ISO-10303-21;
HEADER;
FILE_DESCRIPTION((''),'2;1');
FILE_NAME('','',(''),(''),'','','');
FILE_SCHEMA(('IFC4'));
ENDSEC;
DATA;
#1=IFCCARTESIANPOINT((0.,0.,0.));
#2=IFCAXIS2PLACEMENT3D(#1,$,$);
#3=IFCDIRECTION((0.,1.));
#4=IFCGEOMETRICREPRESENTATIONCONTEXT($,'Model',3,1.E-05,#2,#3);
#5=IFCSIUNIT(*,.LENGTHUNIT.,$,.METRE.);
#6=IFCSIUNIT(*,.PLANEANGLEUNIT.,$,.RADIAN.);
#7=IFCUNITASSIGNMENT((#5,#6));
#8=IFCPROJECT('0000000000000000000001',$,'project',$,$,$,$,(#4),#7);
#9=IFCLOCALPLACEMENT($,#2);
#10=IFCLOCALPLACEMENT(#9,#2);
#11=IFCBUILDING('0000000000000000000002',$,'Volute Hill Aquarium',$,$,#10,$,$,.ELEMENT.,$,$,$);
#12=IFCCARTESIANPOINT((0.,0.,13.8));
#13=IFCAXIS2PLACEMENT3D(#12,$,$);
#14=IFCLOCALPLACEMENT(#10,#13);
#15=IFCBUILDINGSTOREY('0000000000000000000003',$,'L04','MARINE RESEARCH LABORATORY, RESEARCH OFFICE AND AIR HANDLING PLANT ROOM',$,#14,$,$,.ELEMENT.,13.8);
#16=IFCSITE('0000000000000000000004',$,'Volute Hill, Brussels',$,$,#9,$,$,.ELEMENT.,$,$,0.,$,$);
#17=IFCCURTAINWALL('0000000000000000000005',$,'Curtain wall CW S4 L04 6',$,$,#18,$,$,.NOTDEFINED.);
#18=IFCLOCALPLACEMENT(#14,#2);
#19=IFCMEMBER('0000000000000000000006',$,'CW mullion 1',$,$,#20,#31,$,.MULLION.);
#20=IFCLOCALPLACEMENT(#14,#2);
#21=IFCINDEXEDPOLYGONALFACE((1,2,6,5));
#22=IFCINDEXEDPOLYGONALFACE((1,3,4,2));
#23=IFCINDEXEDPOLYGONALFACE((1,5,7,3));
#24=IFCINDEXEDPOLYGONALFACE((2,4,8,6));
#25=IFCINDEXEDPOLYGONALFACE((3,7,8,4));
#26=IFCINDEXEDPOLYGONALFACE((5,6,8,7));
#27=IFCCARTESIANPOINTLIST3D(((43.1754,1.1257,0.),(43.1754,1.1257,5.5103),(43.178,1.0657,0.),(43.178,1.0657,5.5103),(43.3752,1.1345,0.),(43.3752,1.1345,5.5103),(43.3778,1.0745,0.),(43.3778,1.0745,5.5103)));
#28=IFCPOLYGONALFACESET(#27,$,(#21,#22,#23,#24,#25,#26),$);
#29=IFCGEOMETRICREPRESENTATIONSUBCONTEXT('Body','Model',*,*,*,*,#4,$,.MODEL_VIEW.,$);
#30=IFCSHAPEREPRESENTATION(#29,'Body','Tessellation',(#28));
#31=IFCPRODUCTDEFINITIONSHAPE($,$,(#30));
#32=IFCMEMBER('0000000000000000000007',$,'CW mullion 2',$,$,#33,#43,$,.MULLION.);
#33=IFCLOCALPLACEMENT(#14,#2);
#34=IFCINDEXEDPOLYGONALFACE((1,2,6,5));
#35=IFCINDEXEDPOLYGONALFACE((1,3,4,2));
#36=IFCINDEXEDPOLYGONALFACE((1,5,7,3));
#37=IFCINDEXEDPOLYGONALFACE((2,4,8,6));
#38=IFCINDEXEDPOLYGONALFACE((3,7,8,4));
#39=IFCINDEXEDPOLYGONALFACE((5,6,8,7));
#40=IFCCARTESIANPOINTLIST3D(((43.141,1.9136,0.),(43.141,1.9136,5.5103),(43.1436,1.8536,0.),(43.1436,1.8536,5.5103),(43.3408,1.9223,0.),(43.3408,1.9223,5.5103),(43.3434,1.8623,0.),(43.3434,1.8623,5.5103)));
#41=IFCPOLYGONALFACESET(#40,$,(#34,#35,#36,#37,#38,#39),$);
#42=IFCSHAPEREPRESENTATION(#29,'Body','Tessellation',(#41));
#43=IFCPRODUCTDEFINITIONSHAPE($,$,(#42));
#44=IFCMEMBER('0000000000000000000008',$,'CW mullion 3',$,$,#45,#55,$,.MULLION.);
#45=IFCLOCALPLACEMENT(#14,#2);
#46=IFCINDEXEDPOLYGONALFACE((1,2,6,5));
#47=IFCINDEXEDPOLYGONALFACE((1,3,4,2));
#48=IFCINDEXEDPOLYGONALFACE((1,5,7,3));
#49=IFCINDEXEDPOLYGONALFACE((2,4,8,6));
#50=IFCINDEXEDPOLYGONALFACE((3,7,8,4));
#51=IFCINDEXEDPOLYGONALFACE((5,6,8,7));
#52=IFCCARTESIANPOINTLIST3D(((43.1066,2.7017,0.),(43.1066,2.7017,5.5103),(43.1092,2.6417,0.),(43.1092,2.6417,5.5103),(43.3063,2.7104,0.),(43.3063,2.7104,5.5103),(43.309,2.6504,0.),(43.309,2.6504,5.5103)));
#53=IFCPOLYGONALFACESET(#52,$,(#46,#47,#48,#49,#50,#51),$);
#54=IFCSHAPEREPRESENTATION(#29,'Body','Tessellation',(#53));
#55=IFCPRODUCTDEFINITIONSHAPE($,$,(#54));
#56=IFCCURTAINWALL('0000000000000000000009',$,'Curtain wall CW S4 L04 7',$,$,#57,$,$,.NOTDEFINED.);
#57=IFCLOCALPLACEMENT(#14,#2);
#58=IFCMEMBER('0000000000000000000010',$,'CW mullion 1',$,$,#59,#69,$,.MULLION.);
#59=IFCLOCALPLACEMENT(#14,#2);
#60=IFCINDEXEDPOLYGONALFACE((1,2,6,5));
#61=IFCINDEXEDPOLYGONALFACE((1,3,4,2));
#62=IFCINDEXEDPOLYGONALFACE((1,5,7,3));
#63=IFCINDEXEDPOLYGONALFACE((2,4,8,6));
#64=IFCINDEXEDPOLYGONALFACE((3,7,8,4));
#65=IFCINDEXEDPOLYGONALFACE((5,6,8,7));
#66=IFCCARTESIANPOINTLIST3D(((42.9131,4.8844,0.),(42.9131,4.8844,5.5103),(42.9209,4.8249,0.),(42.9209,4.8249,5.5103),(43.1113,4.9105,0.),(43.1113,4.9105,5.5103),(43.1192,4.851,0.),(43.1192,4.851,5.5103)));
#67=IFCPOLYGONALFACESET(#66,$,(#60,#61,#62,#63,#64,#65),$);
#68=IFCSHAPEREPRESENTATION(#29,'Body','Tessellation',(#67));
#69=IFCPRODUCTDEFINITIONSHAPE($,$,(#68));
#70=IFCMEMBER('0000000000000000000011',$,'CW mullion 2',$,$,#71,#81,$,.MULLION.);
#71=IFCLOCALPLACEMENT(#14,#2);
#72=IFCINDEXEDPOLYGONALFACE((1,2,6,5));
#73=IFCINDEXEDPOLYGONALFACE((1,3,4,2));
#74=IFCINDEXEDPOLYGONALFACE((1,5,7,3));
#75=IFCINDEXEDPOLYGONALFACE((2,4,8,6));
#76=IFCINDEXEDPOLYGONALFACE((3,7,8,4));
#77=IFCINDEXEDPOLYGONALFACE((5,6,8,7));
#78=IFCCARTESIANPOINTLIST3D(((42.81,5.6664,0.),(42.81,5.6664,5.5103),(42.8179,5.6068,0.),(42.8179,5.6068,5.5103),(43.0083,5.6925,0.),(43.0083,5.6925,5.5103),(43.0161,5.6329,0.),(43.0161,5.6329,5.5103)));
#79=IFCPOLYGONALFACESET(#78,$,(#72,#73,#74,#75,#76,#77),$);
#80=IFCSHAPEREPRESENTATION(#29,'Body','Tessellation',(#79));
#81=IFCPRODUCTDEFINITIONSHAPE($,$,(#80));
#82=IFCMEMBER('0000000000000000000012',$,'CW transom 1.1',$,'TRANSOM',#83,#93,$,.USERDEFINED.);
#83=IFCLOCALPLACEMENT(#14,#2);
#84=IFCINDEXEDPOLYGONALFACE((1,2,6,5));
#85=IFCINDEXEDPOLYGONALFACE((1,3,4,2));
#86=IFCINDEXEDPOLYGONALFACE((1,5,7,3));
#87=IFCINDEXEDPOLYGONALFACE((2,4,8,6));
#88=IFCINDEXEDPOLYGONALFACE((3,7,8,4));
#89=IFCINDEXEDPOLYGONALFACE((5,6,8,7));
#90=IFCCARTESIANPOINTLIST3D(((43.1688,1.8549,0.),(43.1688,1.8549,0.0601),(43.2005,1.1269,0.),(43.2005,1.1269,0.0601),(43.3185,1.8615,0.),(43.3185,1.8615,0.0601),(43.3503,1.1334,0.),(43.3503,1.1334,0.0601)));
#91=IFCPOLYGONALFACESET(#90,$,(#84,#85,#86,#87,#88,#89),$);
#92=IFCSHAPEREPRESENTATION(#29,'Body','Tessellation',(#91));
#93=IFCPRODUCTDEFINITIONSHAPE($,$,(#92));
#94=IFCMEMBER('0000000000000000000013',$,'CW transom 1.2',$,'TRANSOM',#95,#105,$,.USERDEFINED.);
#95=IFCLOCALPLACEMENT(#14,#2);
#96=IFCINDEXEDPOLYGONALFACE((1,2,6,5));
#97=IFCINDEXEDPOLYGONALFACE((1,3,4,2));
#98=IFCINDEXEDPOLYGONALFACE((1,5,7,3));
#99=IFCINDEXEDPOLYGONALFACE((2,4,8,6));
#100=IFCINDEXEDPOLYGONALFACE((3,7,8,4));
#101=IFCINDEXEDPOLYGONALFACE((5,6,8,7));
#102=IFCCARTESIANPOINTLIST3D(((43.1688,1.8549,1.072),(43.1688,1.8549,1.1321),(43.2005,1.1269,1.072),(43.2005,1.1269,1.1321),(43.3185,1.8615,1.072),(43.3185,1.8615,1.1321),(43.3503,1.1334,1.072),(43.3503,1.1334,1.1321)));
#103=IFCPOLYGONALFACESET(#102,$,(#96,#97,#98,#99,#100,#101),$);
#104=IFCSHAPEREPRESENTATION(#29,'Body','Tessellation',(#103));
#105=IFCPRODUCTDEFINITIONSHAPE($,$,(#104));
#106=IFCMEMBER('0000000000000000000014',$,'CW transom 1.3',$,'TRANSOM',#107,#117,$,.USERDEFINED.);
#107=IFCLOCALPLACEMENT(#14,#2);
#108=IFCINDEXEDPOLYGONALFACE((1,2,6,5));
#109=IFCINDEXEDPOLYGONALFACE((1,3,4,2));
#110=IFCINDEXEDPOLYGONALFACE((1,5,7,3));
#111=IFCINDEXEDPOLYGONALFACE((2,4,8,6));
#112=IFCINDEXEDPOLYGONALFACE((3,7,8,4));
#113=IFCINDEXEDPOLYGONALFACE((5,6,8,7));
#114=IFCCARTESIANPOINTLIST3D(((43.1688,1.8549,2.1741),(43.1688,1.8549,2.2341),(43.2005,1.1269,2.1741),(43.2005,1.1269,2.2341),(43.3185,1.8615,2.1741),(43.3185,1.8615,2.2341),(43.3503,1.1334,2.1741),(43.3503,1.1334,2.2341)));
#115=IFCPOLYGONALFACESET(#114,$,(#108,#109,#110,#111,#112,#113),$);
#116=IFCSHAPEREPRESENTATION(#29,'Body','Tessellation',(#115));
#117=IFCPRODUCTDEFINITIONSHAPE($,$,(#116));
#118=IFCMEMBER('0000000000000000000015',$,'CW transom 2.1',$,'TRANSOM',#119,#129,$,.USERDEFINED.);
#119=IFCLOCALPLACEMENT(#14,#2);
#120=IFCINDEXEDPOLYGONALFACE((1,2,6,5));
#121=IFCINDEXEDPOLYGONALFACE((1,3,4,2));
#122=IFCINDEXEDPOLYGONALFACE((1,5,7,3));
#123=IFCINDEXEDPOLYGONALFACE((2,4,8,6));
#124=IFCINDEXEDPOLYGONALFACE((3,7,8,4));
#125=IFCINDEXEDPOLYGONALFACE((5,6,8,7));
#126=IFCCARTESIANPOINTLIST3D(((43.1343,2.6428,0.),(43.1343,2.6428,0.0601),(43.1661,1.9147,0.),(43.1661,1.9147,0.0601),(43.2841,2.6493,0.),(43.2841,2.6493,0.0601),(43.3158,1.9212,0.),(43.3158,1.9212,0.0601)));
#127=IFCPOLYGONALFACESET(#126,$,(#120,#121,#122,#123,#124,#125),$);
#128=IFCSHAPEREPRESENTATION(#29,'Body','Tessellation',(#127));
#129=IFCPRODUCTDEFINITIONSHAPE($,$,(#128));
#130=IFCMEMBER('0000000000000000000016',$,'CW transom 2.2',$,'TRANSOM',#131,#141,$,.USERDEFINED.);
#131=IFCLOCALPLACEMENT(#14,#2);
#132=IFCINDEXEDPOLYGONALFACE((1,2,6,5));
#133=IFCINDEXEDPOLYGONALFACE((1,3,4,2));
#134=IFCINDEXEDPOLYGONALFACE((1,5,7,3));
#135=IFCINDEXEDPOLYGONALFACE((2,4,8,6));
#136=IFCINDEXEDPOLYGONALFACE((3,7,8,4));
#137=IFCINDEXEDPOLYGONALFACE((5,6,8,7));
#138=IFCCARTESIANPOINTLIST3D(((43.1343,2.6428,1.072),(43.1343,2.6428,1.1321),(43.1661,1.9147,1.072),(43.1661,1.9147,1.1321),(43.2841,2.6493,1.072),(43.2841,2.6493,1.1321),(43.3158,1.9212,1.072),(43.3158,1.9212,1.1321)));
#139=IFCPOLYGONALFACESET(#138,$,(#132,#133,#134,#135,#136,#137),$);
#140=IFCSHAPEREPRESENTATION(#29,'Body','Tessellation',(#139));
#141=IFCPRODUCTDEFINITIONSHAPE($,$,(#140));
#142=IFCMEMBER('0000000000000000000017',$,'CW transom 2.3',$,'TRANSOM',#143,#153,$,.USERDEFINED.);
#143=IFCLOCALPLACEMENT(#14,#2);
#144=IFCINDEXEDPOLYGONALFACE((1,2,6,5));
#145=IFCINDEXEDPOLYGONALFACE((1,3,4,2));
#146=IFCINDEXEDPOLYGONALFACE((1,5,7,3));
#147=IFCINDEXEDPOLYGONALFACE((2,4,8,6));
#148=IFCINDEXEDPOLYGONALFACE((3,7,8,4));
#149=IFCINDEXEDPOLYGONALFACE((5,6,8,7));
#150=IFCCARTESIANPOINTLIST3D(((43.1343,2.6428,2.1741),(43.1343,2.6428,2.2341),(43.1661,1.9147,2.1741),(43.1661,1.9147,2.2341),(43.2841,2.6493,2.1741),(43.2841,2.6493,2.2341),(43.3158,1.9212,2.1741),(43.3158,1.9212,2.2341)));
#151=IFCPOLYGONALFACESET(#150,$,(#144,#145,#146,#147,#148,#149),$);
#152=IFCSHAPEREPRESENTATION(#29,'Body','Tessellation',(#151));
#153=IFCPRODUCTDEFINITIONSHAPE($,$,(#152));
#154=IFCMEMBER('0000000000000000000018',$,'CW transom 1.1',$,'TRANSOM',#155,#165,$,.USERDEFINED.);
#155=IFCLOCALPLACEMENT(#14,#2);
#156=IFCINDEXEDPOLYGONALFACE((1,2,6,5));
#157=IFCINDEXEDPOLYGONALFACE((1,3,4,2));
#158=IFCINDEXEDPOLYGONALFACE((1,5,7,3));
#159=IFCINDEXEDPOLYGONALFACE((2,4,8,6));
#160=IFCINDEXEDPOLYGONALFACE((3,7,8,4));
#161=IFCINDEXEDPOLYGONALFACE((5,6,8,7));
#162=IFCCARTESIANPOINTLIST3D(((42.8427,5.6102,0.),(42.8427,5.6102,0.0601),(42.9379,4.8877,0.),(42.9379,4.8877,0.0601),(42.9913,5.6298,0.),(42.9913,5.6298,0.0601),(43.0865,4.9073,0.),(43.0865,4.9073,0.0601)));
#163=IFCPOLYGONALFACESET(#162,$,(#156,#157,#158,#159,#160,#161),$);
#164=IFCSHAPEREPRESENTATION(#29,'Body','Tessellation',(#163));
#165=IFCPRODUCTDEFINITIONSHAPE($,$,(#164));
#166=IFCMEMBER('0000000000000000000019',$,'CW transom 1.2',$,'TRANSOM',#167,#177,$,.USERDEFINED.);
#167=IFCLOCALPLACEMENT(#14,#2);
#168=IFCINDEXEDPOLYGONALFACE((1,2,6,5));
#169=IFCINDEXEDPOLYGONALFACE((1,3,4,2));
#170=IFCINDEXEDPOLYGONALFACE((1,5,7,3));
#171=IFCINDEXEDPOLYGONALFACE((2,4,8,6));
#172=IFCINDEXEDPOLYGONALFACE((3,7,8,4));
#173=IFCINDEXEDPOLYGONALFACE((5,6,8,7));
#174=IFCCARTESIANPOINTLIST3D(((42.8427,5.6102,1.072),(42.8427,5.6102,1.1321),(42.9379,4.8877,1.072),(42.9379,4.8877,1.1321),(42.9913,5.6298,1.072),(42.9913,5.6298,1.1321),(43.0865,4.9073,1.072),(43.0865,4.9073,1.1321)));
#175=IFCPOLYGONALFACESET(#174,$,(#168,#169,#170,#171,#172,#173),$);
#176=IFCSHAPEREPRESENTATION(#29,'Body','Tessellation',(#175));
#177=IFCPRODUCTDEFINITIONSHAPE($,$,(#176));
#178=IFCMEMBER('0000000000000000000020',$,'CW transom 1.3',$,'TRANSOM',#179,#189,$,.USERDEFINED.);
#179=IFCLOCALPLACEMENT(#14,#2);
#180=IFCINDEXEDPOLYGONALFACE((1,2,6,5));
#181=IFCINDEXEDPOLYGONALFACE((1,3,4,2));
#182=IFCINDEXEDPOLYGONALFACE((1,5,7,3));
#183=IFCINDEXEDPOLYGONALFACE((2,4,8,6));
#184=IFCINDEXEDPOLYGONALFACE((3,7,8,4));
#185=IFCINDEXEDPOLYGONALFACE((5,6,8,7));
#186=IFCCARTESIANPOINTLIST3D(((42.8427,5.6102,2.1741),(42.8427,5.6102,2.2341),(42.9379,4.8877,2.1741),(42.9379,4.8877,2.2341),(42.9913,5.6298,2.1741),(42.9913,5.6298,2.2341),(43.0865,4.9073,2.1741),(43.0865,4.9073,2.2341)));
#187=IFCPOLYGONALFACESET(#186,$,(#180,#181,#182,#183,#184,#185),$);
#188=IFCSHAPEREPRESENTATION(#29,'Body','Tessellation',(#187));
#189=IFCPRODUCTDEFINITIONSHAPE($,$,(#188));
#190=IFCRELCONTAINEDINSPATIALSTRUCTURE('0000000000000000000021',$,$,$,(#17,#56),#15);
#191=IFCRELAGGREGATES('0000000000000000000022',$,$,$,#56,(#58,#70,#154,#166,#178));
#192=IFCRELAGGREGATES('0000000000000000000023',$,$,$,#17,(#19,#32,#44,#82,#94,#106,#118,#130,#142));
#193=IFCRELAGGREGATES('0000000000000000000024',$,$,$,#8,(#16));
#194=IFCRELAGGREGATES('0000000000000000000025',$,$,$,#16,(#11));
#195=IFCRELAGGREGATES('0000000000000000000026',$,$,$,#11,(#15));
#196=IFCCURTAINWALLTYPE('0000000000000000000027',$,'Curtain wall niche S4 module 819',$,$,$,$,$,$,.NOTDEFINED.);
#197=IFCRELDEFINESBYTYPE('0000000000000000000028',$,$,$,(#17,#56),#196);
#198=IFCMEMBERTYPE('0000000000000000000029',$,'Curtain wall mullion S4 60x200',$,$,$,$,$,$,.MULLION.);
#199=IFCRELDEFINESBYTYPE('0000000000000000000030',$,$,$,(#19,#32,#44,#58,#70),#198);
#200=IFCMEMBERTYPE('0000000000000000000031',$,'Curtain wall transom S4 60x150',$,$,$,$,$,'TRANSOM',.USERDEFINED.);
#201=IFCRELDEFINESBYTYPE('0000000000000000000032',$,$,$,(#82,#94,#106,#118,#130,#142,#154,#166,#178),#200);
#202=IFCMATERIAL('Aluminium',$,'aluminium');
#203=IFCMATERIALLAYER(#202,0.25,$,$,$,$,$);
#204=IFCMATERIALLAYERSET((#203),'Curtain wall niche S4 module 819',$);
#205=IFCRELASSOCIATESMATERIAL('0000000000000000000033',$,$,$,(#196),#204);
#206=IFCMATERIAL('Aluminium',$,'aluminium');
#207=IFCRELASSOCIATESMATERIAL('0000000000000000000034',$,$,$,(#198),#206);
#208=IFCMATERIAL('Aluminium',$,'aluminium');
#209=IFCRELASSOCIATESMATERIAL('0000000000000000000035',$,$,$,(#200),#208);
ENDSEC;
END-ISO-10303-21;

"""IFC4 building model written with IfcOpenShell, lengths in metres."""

from ifc_helpers import new_model, si_unit, direction, frame, origin, origin_2d, place, context, subcontext, project, spatial, rectangle, extrude, material, layer, layer_set, material_profile, profile_set, type_object, element, aggregate, save


model = new_model("IFC4")

# Units and contexts
model_context = context("Model", 3, precision=1e-05, world=origin(), true_north=direction((0.0, 1.0)))
body_context = subcontext(model_context, "Body", "Model", "MODEL_VIEW")
ifc_project = project(units=[si_unit("LENGTHUNIT", "METRE"), si_unit("PLANEANGLEUNIT", "RADIAN")], contexts=[model_context])

# Site, building, storey
site_placement = place(None, origin())
site = spatial("IfcSite", under=ifc_project, at=site_placement, Name="Volute Hill, Brussels", CompositionType="ELEMENT", RefElevation=0.0)
building_placement = place(site_placement, origin())
building = spatial("IfcBuilding", under=site, at=building_placement, Name="Volute Hill Aquarium", CompositionType="ELEMENT")
storey_placement = place(building_placement, frame((0.0, 0.0, 13.8)))
storey = spatial("IfcBuildingStorey", under=building, at=storey_placement, Name="L04", Description="MARINE RESEARCH LABORATORY, RESEARCH OFFICE AND AIR HANDLING PLANT ROOM", CompositionType="ELEMENT", Elevation=13.8)

# Curtain walls, members
ifc_material_1 = material(Name="Aluminium", Category="aluminium")
ifc_layer_1 = layer(ifc_material_1, 0.25)
ifc_layer_set_1 = layer_set([ifc_layer_1], Name="Curtain wall niche S4 module 819")
curtain_wall_type = type_object("IfcCurtainWallType", Name="Curtain wall niche S4 module 819", PredefinedType="NOTDEFINED", material=ifc_layer_set_1)
curtain_wall_1_placement = place(storey_placement, origin())
curtain_wall_1 = element("IfcCurtainWall", 1, at=curtain_wall_1_placement, inside=storey, type_object=curtain_wall_type, Name="Curtain wall CW S4 L04 6", PredefinedType="NOTDEFINED")
ifc_material_2 = material(Name="Aluminium", Category="aluminium")
ifc_material_profile_1 = material_profile(ifc_material_2, rectangle(XDim=0.2, YDim=0.0601, at=origin_2d()), Name="Curtain wall mullion S4 60x200")
ifc_profile_set_1 = profile_set([ifc_material_profile_1], Name="Aluminium")
member_type_1 = type_object("IfcMemberType", Name="Curtain wall mullion S4 60x200", PredefinedType="MULLION", material=ifc_profile_set_1)
member_1_placement = place(storey_placement, frame((43.2766, 1.1001, 0.0), z_axis=(0.0, 0.0, 1.0), x_axis=(-0.999048, -0.043623, 0.0)))
member_1 = element("IfcMember", 2, at=member_1_placement, type_object=member_type_1, Name="CW mullion 1", PredefinedType="MULLION", context=body_context, shape_type="SweptSolid", body=[
    extrude(rectangle(XDim=0.2, YDim=0.0601, at=origin_2d()), origin(), (0.0, 0.0, 1.0), 5.5103),
])
member_2_placement = place(storey_placement, frame((43.2422, 1.8879, 0.0), z_axis=(0.0, 0.0, 1.0), x_axis=(-0.999048, -0.043623, 0.0)))
member_2 = element("IfcMember", 3, at=member_2_placement, type_object=member_type_1, Name="CW mullion 2", PredefinedType="MULLION", context=body_context, shape_type="SweptSolid", body=[
    extrude(rectangle(XDim=0.2, YDim=0.0601, at=origin_2d()), origin(), (0.0, 0.0, 1.0), 5.5103),
])
member_3_placement = place(storey_placement, frame((43.2078, 2.676, 0.0), z_axis=(0.0, 0.0, 1.0), x_axis=(-0.999048, -0.043623, 0.0)))
member_3 = element("IfcMember", 4, at=member_3_placement, type_object=member_type_1, Name="CW mullion 3", PredefinedType="MULLION", context=body_context, shape_type="SweptSolid", body=[
    extrude(rectangle(XDim=0.2, YDim=0.0601, at=origin_2d()), origin(), (0.0, 0.0, 1.0), 5.5103),
])
curtain_wall_2_placement = place(storey_placement, origin())
curtain_wall_2 = element("IfcCurtainWall", 5, at=curtain_wall_2_placement, inside=storey, type_object=curtain_wall_type, Name="Curtain wall CW S4 L04 7", PredefinedType="NOTDEFINED")
member_4_placement = place(storey_placement, frame((43.0161, 4.8677, 0.0), z_axis=(0.0, 0.0, 1.0), x_axis=(-0.991446, -0.130516, 0.0)))
member_4 = element("IfcMember", 6, at=member_4_placement, type_object=member_type_1, Name="CW mullion 1", PredefinedType="MULLION", context=body_context, shape_type="SweptSolid", body=[
    extrude(rectangle(XDim=0.2, YDim=0.0601, at=origin_2d()), origin(), (0.0, 0.0, 1.0), 5.5103),
])
member_5_placement = place(storey_placement, frame((42.9131, 5.6497, 0.0), z_axis=(0.0, 0.0, 1.0), x_axis=(-0.991446, -0.130516, 0.0)))
member_5 = element("IfcMember", 7, at=member_5_placement, type_object=member_type_1, Name="CW mullion 2", PredefinedType="MULLION", context=body_context, shape_type="SweptSolid", body=[
    extrude(rectangle(XDim=0.2, YDim=0.0601, at=origin_2d()), origin(), (0.0, 0.0, 1.0), 5.5103),
])

# Members
ifc_material_3 = material(Name="Aluminium", Category="aluminium")
ifc_material_profile_2 = material_profile(ifc_material_3, rectangle(XDim=0.1499, YDim=0.0601, at=origin_2d()), Name="Curtain wall transom S4 60x150")
ifc_profile_set_2 = profile_set([ifc_material_profile_2], Name="Aluminium")
member_type_2 = type_object("IfcMemberType", Name="Curtain wall transom S4 60x150", ElementType="TRANSOM", PredefinedType="USERDEFINED", material=ifc_profile_set_2)
member_6_placement = place(storey_placement, frame((43.2754, 1.1301, 0.03), z_axis=(-0.043554, 0.999051, 0.0), x_axis=(-0.999051, -0.043554, 0.0)))
member_6 = element("IfcMember", 8, at=member_6_placement, type_object=member_type_2, Name="CW transom 1.1", ObjectType="TRANSOM", PredefinedType="USERDEFINED", context=body_context, shape_type="SweptSolid", body=[
    extrude(rectangle(XDim=0.1499, YDim=0.0601, at=origin_2d()), origin(), (0.0, 0.0, 1.0), 0.7288),
])
member_7_placement = place(storey_placement, frame((43.2754, 1.1301, 1.1021), z_axis=(-0.043554, 0.999051, 0.0), x_axis=(-0.999051, -0.043554, 0.0)))
member_7 = element("IfcMember", 9, at=member_7_placement, type_object=member_type_2, Name="CW transom 1.2", ObjectType="TRANSOM", PredefinedType="USERDEFINED", context=body_context, shape_type="SweptSolid", body=[
    extrude(rectangle(XDim=0.1499, YDim=0.0601, at=origin_2d()), origin(), (0.0, 0.0, 1.0), 0.7288),
])
member_8_placement = place(storey_placement, frame((43.2754, 1.1301, 2.2041), z_axis=(-0.043554, 0.999051, 0.0), x_axis=(-0.999051, -0.043554, 0.0)))
member_8 = element("IfcMember", 10, at=member_8_placement, type_object=member_type_2, Name="CW transom 1.3", ObjectType="TRANSOM", PredefinedType="USERDEFINED", context=body_context, shape_type="SweptSolid", body=[
    extrude(rectangle(XDim=0.1499, YDim=0.0601, at=origin_2d()), origin(), (0.0, 0.0, 1.0), 0.7288),
])
member_9_placement = place(storey_placement, frame((43.241, 1.918, 0.03), z_axis=(-0.043554, 0.999051, 0.0), x_axis=(-0.999051, -0.043554, 0.0)))
member_9 = element("IfcMember", 11, at=member_9_placement, type_object=member_type_2, Name="CW transom 2.1", ObjectType="TRANSOM", PredefinedType="USERDEFINED", context=body_context, shape_type="SweptSolid", body=[
    extrude(rectangle(XDim=0.1499, YDim=0.0601, at=origin_2d()), origin(), (0.0, 0.0, 1.0), 0.7288),
])
member_10_placement = place(storey_placement, frame((43.241, 1.918, 1.1021), z_axis=(-0.043554, 0.999051, 0.0), x_axis=(-0.999051, -0.043554, 0.0)))
member_10 = element("IfcMember", 12, at=member_10_placement, type_object=member_type_2, Name="CW transom 2.2", ObjectType="TRANSOM", PredefinedType="USERDEFINED", context=body_context, shape_type="SweptSolid", body=[
    extrude(rectangle(XDim=0.1499, YDim=0.0601, at=origin_2d()), origin(), (0.0, 0.0, 1.0), 0.7288),
])
member_11_placement = place(storey_placement, frame((43.241, 1.918, 2.2041), z_axis=(-0.043554, 0.999051, 0.0), x_axis=(-0.999051, -0.043554, 0.0)))
member_11 = element("IfcMember", 13, at=member_11_placement, type_object=member_type_2, Name="CW transom 2.3", ObjectType="TRANSOM", PredefinedType="USERDEFINED", context=body_context, shape_type="SweptSolid", body=[
    extrude(rectangle(XDim=0.1499, YDim=0.0601, at=origin_2d()), origin(), (0.0, 0.0, 1.0), 0.7288),
])
member_12_placement = place(storey_placement, frame((43.0122, 4.8975, 0.03), z_axis=(-0.130671, 0.991426, 0.0), x_axis=(-0.991426, -0.130671, 0.0)))
member_12 = element("IfcMember", 14, at=member_12_placement, type_object=member_type_2, Name="CW transom 1.1", ObjectType="TRANSOM", PredefinedType="USERDEFINED", context=body_context, shape_type="SweptSolid", body=[
    extrude(rectangle(XDim=0.1499, YDim=0.0601, at=origin_2d()), origin(), (0.0, 0.0, 1.0), 0.7288),
])
member_13_placement = place(storey_placement, frame((43.0122, 4.8975, 1.1021), z_axis=(-0.130671, 0.991426, 0.0), x_axis=(-0.991426, -0.130671, 0.0)))
member_13 = element("IfcMember", 15, at=member_13_placement, type_object=member_type_2, Name="CW transom 1.2", ObjectType="TRANSOM", PredefinedType="USERDEFINED", context=body_context, shape_type="SweptSolid", body=[
    extrude(rectangle(XDim=0.1499, YDim=0.0601, at=origin_2d()), origin(), (0.0, 0.0, 1.0), 0.7288),
])
member_14_placement = place(storey_placement, frame((43.0122, 4.8975, 2.2041), z_axis=(-0.130671, 0.991426, 0.0), x_axis=(-0.991426, -0.130671, 0.0)))
member_14 = element("IfcMember", 16, at=member_14_placement, type_object=member_type_2, Name="CW transom 1.3", ObjectType="TRANSOM", PredefinedType="USERDEFINED", context=body_context, shape_type="SweptSolid", body=[
    extrude(rectangle(XDim=0.1499, YDim=0.0601, at=origin_2d()), origin(), (0.0, 0.0, 1.0), 0.7288),
])

aggregate(curtain_wall_2, [member_4, member_5, member_12, member_13, member_14])
aggregate(curtain_wall_1, [member_1, member_2, member_3, member_6, member_7, member_8, member_9, member_10, member_11])

save(model, "model.ifc")
